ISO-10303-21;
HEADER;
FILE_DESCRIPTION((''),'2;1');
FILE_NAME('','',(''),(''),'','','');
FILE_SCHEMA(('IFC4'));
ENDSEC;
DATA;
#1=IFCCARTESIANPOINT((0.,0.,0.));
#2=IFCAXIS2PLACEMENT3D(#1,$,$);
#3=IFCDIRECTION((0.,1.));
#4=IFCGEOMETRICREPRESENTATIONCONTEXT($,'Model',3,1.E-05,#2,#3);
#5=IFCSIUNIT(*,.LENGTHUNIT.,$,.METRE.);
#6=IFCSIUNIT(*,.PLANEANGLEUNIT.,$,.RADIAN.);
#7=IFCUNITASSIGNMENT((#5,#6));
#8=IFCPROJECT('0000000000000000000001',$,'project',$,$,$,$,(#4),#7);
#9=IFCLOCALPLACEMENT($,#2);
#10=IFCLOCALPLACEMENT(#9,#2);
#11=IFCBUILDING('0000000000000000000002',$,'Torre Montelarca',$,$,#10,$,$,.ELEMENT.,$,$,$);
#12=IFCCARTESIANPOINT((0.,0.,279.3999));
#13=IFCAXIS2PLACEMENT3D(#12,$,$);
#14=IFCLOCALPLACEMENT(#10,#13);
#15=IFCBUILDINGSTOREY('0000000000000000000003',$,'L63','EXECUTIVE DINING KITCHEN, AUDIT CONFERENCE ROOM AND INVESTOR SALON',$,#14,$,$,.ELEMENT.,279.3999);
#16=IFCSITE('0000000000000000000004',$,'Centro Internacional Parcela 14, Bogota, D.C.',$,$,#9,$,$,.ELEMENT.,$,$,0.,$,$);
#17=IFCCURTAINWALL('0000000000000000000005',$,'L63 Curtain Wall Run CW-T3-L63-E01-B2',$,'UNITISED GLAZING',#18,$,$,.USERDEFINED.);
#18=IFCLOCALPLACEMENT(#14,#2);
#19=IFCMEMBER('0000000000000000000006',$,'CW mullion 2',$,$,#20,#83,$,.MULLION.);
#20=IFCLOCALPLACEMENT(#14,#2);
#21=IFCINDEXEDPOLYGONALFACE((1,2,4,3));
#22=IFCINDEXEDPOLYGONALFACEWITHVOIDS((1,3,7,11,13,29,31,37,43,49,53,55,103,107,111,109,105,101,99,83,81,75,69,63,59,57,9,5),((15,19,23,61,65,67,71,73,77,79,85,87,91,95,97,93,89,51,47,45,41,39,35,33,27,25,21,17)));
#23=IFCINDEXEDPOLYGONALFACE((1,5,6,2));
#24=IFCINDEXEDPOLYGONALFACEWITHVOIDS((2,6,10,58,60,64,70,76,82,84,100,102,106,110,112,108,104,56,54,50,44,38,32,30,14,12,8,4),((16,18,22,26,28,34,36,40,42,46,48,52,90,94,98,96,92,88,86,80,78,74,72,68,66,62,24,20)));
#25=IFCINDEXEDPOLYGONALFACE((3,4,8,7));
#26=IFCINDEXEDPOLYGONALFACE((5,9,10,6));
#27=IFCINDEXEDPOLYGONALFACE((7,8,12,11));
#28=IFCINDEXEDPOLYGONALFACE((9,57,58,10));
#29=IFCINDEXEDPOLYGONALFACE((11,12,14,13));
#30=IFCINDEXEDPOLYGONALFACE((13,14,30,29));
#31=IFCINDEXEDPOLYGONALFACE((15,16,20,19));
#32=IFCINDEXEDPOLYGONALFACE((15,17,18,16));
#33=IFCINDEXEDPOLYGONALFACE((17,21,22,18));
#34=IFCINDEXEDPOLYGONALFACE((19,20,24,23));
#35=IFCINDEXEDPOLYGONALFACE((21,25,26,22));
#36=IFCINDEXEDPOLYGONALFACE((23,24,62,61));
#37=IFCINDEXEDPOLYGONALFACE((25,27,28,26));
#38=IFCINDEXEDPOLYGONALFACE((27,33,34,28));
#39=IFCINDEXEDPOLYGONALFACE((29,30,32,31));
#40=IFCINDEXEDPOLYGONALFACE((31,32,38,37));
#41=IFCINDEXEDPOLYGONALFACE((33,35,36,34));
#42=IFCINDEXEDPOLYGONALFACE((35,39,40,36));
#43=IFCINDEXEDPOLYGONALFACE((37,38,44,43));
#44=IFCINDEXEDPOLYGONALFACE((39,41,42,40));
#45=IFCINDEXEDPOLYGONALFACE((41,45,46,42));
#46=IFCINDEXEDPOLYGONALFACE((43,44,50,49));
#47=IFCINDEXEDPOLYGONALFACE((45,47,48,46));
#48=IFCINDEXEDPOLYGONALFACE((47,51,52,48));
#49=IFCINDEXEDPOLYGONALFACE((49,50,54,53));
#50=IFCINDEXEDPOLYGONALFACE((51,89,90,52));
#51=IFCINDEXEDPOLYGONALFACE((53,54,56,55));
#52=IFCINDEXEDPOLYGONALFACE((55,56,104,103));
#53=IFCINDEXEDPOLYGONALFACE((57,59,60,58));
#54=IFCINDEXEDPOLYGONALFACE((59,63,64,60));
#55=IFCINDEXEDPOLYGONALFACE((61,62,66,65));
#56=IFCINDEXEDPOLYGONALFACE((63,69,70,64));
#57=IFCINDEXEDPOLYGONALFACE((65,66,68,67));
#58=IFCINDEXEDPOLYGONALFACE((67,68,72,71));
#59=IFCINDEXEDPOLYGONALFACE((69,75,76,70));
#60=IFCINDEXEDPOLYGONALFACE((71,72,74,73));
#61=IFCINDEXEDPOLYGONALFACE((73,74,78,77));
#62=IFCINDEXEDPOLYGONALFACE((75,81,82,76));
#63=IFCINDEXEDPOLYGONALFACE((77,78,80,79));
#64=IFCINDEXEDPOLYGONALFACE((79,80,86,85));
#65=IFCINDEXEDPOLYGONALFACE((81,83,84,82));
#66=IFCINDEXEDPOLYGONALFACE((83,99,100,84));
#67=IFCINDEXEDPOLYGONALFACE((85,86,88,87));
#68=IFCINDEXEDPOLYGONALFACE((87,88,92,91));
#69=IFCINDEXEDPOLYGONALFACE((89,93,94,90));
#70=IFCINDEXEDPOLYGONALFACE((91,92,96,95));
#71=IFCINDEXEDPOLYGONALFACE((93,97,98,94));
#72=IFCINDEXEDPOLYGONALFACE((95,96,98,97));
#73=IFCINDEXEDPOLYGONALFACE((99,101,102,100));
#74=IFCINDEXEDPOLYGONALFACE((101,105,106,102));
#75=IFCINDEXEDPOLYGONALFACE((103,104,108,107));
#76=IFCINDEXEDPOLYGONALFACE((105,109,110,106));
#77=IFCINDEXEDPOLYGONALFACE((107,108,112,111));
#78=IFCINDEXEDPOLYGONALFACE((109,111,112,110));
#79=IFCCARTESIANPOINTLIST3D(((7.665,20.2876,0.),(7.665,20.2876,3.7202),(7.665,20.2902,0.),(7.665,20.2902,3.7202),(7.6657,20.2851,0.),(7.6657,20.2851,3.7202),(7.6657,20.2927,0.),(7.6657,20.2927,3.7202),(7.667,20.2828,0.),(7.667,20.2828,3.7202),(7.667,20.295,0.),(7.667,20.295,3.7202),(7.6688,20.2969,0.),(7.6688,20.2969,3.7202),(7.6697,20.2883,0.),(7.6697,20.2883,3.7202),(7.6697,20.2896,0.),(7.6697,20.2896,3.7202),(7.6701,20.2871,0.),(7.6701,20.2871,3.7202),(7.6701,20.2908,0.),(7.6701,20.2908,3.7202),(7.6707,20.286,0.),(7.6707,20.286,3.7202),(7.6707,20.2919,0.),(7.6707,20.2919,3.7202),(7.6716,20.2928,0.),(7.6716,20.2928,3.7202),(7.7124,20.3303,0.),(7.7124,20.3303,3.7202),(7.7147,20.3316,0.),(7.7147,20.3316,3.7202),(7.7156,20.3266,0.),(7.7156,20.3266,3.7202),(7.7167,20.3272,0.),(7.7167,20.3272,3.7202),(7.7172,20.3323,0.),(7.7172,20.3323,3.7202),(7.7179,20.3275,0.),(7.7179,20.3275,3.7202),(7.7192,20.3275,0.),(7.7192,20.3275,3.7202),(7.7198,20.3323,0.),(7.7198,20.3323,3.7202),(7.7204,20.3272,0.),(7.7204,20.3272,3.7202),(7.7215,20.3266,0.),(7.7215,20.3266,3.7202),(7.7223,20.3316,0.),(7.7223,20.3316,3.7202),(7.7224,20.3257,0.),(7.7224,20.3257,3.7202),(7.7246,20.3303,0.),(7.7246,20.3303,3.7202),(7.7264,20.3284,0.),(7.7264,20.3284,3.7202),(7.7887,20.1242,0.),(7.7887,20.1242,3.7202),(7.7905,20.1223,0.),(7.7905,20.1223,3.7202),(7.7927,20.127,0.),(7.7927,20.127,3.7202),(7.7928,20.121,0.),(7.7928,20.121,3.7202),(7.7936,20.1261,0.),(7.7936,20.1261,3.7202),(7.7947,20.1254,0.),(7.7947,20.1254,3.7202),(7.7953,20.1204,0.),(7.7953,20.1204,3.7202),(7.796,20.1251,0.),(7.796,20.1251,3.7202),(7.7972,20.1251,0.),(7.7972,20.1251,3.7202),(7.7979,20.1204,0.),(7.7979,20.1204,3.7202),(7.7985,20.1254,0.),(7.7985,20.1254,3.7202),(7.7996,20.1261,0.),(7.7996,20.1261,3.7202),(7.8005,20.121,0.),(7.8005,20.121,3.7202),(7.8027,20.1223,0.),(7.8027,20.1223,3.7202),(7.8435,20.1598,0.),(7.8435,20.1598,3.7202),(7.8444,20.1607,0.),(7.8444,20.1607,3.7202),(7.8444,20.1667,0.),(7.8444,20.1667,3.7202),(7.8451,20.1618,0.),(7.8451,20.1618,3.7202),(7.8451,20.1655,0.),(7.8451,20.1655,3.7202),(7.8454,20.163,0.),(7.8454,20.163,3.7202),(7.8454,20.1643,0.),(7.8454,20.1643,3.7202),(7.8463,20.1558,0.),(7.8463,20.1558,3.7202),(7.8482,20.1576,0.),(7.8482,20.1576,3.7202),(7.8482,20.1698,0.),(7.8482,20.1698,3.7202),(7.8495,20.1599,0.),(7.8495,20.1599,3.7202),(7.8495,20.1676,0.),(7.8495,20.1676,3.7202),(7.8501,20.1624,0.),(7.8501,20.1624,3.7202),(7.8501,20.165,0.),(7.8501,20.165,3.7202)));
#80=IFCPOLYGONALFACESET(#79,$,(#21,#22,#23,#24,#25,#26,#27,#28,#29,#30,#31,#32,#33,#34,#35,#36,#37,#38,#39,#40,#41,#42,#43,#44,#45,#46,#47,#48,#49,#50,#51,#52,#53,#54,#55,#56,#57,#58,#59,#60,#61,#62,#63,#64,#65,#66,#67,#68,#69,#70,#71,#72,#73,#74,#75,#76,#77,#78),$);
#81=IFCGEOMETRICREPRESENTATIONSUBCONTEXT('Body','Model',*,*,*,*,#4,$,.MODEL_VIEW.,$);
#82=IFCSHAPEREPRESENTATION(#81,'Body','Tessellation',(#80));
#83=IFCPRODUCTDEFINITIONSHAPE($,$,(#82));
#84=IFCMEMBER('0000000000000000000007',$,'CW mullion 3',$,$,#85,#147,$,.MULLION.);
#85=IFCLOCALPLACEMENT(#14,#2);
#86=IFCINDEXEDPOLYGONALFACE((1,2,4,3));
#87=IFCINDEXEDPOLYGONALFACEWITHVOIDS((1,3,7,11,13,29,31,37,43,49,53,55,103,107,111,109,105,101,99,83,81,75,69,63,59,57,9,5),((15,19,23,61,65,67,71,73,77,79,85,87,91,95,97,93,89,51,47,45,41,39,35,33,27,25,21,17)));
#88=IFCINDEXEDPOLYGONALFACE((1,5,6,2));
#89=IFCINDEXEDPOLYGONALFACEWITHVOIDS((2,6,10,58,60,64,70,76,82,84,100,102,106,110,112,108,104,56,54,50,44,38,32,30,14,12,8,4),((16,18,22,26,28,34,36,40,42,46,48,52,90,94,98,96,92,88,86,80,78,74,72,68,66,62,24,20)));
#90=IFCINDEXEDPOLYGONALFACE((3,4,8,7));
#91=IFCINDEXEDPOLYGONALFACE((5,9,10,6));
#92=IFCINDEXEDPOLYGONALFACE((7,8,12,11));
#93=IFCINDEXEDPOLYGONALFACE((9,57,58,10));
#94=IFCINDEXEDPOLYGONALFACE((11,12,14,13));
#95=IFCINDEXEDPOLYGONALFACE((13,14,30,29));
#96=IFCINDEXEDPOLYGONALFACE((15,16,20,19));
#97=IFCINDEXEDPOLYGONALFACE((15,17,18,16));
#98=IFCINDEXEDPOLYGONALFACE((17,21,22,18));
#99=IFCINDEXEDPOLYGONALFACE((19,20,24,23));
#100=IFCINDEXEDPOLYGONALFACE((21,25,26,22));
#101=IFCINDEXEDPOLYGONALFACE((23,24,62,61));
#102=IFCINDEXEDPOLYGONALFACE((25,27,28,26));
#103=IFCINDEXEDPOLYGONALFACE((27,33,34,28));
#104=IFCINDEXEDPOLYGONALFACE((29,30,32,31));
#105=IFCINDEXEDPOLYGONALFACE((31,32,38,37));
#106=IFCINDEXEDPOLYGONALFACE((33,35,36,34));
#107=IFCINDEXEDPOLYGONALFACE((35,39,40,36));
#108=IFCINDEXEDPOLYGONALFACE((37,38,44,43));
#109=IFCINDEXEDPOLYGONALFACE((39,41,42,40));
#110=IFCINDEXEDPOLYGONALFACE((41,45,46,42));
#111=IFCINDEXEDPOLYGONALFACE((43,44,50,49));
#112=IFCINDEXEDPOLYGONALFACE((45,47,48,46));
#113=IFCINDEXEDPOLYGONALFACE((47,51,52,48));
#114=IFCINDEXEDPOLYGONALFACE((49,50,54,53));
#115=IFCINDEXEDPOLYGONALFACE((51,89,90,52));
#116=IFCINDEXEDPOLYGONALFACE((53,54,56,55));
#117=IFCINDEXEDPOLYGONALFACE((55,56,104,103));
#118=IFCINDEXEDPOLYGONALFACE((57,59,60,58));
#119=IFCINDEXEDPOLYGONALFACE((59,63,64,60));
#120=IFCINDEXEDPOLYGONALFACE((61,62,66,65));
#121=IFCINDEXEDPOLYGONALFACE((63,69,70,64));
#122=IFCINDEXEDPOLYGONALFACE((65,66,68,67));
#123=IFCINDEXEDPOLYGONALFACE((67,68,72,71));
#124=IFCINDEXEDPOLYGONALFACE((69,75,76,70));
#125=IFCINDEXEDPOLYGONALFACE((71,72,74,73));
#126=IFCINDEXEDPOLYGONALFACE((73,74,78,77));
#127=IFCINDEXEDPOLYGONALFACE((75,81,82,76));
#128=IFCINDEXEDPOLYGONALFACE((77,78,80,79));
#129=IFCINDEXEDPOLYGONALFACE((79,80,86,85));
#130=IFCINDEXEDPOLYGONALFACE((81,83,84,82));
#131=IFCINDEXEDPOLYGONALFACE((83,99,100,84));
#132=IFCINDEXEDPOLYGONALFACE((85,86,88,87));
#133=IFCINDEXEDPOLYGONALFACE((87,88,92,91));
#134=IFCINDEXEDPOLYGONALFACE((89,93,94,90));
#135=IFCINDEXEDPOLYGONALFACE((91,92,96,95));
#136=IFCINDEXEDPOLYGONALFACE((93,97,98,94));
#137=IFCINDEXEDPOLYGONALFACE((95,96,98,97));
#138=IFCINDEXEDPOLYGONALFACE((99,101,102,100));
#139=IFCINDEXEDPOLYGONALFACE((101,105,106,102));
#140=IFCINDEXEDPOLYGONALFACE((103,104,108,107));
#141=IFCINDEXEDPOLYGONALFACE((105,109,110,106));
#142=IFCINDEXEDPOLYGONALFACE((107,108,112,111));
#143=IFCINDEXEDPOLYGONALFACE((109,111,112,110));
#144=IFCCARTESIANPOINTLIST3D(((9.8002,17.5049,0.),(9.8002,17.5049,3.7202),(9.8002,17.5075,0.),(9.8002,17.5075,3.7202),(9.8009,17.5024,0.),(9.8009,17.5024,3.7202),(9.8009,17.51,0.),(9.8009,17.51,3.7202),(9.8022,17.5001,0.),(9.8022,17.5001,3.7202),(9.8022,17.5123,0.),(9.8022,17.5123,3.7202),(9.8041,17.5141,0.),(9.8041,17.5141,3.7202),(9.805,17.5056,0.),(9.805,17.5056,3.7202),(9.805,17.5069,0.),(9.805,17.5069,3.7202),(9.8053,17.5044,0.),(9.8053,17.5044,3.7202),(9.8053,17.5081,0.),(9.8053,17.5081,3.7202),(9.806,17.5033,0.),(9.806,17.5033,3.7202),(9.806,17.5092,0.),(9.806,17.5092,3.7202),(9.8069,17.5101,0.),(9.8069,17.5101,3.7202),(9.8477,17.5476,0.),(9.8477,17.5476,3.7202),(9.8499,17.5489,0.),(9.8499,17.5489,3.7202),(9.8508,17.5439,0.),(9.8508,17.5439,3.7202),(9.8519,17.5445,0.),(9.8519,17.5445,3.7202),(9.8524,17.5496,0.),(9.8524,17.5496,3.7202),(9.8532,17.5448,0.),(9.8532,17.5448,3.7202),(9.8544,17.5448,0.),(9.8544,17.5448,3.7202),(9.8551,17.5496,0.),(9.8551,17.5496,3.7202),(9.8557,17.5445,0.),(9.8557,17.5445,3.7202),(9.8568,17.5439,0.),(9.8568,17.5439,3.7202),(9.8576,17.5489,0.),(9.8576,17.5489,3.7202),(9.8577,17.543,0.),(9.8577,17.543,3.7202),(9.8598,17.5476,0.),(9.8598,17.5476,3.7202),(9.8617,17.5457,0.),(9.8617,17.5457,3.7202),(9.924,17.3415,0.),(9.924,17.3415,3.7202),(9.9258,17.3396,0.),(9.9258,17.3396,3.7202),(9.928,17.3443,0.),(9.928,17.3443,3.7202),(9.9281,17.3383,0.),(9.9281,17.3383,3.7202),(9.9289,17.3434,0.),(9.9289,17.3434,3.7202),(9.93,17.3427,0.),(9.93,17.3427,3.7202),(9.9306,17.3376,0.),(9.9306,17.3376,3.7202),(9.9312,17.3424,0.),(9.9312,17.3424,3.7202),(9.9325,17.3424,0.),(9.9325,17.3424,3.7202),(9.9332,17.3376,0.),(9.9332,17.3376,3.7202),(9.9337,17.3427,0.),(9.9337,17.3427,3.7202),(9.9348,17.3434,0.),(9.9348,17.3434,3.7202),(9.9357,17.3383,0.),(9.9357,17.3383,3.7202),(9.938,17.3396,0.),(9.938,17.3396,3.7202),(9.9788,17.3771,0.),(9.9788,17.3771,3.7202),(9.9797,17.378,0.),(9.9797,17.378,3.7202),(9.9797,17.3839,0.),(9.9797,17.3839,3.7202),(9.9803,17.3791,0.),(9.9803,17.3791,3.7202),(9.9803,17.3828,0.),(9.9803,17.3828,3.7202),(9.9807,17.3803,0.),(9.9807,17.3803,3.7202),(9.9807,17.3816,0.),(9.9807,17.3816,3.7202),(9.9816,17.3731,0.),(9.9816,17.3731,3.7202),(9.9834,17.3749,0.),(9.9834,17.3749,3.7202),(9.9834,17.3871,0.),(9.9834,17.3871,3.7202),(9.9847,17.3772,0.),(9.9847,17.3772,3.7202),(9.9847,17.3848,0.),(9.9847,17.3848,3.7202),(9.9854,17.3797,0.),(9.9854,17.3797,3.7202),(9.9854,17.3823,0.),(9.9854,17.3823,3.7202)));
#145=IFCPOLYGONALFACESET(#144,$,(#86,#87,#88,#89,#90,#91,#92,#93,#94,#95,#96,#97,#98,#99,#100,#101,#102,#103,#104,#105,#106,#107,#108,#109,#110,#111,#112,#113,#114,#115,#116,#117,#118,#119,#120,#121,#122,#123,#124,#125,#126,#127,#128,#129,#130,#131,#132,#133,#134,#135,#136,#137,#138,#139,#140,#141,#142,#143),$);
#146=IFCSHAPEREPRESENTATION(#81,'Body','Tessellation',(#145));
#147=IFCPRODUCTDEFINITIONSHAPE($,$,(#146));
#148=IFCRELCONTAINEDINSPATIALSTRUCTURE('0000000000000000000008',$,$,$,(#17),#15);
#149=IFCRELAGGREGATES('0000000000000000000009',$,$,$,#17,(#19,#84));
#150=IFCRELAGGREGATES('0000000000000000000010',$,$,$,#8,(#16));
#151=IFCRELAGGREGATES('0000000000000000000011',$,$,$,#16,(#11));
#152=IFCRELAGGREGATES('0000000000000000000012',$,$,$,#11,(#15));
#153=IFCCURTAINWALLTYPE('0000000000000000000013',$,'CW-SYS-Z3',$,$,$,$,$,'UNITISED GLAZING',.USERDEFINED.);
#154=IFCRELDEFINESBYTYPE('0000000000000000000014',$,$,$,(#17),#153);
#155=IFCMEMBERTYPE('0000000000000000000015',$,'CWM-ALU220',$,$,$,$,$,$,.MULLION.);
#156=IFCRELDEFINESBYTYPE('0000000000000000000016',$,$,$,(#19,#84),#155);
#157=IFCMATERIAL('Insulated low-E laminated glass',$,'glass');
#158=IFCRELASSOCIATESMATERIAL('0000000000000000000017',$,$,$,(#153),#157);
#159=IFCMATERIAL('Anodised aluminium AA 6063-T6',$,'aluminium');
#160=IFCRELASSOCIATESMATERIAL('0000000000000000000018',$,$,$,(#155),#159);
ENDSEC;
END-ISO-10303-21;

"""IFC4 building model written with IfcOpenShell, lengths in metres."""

from ifc_helpers import new_model, si_unit, direction, frame, origin, origin_2d, place, context, subcontext, project, spatial, hollow_rectangle, extrude, source, transform, mapped, material, material_profile, profile_set, type_object, element, aggregate, save


model = new_model("IFC4")

# Units and contexts
model_context = context("Model", 3, precision=1e-05, world=origin(), true_north=direction((0.0, 1.0)))
body_context = subcontext(model_context, "Body", "Model", "MODEL_VIEW")
ifc_project = project(units=[si_unit("LENGTHUNIT", "METRE"), si_unit("PLANEANGLEUNIT", "RADIAN")], contexts=[model_context])

# Site, building, storey
site_placement = place(None, origin())
site = spatial("IfcSite", under=ifc_project, at=site_placement, Name="Centro Internacional Parcela 14, Bogota, D.C.", CompositionType="ELEMENT", RefElevation=0.0)
building_placement = place(site_placement, origin())
building = spatial("IfcBuilding", under=site, at=building_placement, Name="Torre Montelarca", CompositionType="ELEMENT")
storey_placement = place(building_placement, frame((0.0, 0.0, 279.3999)))
storey = spatial("IfcBuildingStorey", under=building, at=storey_placement, Name="L63", Description="EXECUTIVE DINING KITCHEN, AUDIT CONFERENCE ROOM AND INVESTOR SALON", CompositionType="ELEMENT", Elevation=279.3999)

# Curtain wall, members
ifc_material_1 = material(Name="Insulated low-E laminated glass", Category="glass")
curtain_wall_type = type_object("IfcCurtainWallType", Name="CW-SYS-Z3", ElementType="UNITISED GLAZING", PredefinedType="USERDEFINED", material=ifc_material_1)
ifc_material_2 = material(Name="Anodised aluminium AA 6063-T6", Category="aluminium")
ifc_material_profile_1 = material_profile(ifc_material_2, hollow_rectangle(XDim=0.075, YDim=0.22, WallThickness=0.0049, InnerFilletRadius=0.0049, OuterFilletRadius=0.01, at=origin_2d()), Name="ALU75X220X5", Category="aluminium")
ifc_profile_set_1 = profile_set([ifc_material_profile_1], Name="Anodised aluminium AA 6063-T6")
member_type_1 = type_object("IfcMemberType", Name="CWM-ALU220", PredefinedType="MULLION", material=ifc_profile_set_1)
shared_shape_1 = source(origin(), body_context, "Body", "SweptSolid", [
    extrude(hollow_rectangle(XDim=0.075, YDim=0.22, WallThickness=0.0049, InnerFilletRadius=0.0049, OuterFilletRadius=0.01, at=origin_2d()), origin(), (0.0, 0.0, 1.0), 3.7202),
])
curtain_wall_1_placement = place(storey_placement, origin())
curtain_wall_1 = element("IfcCurtainWall", 1, at=curtain_wall_1_placement, inside=storey, type_object=curtain_wall_type, Name="L63 Curtain Wall Run CW-T3-L63-E01-B2", ObjectType="UNITISED GLAZING", PredefinedType="USERDEFINED")
member_1_placement = place(storey_placement, frame((7.7576, 20.2263, 0.0), z_axis=(0.0, 0.0, 1.0), x_axis=(0.793351, 0.608765, 0.0)))
member_1 = element("IfcMember", 2, at=member_1_placement, type_object=member_type_1, Name="CW mullion 2", PredefinedType="MULLION", context=body_context, shape_type="MappedRepresentation", body=[
    mapped(shared_shape_1, transform((0.0, 0.0, 0.0), scale=1.0)),
])
member_2_placement = place(storey_placement, frame((9.8928, 17.4436, 0.0), z_axis=(0.0, 0.0, 1.0), x_axis=(0.793351, 0.608765, 0.0)))
member_2 = element("IfcMember", 3, at=member_2_placement, type_object=member_type_1, Name="CW mullion 3", PredefinedType="MULLION", context=body_context, shape_type="MappedRepresentation", body=[
    mapped(shared_shape_1, transform((0.0, 0.0, 0.0), scale=1.0)),
])

aggregate(curtain_wall_1, [member_1, member_2])

save(model, "model.ifc")
